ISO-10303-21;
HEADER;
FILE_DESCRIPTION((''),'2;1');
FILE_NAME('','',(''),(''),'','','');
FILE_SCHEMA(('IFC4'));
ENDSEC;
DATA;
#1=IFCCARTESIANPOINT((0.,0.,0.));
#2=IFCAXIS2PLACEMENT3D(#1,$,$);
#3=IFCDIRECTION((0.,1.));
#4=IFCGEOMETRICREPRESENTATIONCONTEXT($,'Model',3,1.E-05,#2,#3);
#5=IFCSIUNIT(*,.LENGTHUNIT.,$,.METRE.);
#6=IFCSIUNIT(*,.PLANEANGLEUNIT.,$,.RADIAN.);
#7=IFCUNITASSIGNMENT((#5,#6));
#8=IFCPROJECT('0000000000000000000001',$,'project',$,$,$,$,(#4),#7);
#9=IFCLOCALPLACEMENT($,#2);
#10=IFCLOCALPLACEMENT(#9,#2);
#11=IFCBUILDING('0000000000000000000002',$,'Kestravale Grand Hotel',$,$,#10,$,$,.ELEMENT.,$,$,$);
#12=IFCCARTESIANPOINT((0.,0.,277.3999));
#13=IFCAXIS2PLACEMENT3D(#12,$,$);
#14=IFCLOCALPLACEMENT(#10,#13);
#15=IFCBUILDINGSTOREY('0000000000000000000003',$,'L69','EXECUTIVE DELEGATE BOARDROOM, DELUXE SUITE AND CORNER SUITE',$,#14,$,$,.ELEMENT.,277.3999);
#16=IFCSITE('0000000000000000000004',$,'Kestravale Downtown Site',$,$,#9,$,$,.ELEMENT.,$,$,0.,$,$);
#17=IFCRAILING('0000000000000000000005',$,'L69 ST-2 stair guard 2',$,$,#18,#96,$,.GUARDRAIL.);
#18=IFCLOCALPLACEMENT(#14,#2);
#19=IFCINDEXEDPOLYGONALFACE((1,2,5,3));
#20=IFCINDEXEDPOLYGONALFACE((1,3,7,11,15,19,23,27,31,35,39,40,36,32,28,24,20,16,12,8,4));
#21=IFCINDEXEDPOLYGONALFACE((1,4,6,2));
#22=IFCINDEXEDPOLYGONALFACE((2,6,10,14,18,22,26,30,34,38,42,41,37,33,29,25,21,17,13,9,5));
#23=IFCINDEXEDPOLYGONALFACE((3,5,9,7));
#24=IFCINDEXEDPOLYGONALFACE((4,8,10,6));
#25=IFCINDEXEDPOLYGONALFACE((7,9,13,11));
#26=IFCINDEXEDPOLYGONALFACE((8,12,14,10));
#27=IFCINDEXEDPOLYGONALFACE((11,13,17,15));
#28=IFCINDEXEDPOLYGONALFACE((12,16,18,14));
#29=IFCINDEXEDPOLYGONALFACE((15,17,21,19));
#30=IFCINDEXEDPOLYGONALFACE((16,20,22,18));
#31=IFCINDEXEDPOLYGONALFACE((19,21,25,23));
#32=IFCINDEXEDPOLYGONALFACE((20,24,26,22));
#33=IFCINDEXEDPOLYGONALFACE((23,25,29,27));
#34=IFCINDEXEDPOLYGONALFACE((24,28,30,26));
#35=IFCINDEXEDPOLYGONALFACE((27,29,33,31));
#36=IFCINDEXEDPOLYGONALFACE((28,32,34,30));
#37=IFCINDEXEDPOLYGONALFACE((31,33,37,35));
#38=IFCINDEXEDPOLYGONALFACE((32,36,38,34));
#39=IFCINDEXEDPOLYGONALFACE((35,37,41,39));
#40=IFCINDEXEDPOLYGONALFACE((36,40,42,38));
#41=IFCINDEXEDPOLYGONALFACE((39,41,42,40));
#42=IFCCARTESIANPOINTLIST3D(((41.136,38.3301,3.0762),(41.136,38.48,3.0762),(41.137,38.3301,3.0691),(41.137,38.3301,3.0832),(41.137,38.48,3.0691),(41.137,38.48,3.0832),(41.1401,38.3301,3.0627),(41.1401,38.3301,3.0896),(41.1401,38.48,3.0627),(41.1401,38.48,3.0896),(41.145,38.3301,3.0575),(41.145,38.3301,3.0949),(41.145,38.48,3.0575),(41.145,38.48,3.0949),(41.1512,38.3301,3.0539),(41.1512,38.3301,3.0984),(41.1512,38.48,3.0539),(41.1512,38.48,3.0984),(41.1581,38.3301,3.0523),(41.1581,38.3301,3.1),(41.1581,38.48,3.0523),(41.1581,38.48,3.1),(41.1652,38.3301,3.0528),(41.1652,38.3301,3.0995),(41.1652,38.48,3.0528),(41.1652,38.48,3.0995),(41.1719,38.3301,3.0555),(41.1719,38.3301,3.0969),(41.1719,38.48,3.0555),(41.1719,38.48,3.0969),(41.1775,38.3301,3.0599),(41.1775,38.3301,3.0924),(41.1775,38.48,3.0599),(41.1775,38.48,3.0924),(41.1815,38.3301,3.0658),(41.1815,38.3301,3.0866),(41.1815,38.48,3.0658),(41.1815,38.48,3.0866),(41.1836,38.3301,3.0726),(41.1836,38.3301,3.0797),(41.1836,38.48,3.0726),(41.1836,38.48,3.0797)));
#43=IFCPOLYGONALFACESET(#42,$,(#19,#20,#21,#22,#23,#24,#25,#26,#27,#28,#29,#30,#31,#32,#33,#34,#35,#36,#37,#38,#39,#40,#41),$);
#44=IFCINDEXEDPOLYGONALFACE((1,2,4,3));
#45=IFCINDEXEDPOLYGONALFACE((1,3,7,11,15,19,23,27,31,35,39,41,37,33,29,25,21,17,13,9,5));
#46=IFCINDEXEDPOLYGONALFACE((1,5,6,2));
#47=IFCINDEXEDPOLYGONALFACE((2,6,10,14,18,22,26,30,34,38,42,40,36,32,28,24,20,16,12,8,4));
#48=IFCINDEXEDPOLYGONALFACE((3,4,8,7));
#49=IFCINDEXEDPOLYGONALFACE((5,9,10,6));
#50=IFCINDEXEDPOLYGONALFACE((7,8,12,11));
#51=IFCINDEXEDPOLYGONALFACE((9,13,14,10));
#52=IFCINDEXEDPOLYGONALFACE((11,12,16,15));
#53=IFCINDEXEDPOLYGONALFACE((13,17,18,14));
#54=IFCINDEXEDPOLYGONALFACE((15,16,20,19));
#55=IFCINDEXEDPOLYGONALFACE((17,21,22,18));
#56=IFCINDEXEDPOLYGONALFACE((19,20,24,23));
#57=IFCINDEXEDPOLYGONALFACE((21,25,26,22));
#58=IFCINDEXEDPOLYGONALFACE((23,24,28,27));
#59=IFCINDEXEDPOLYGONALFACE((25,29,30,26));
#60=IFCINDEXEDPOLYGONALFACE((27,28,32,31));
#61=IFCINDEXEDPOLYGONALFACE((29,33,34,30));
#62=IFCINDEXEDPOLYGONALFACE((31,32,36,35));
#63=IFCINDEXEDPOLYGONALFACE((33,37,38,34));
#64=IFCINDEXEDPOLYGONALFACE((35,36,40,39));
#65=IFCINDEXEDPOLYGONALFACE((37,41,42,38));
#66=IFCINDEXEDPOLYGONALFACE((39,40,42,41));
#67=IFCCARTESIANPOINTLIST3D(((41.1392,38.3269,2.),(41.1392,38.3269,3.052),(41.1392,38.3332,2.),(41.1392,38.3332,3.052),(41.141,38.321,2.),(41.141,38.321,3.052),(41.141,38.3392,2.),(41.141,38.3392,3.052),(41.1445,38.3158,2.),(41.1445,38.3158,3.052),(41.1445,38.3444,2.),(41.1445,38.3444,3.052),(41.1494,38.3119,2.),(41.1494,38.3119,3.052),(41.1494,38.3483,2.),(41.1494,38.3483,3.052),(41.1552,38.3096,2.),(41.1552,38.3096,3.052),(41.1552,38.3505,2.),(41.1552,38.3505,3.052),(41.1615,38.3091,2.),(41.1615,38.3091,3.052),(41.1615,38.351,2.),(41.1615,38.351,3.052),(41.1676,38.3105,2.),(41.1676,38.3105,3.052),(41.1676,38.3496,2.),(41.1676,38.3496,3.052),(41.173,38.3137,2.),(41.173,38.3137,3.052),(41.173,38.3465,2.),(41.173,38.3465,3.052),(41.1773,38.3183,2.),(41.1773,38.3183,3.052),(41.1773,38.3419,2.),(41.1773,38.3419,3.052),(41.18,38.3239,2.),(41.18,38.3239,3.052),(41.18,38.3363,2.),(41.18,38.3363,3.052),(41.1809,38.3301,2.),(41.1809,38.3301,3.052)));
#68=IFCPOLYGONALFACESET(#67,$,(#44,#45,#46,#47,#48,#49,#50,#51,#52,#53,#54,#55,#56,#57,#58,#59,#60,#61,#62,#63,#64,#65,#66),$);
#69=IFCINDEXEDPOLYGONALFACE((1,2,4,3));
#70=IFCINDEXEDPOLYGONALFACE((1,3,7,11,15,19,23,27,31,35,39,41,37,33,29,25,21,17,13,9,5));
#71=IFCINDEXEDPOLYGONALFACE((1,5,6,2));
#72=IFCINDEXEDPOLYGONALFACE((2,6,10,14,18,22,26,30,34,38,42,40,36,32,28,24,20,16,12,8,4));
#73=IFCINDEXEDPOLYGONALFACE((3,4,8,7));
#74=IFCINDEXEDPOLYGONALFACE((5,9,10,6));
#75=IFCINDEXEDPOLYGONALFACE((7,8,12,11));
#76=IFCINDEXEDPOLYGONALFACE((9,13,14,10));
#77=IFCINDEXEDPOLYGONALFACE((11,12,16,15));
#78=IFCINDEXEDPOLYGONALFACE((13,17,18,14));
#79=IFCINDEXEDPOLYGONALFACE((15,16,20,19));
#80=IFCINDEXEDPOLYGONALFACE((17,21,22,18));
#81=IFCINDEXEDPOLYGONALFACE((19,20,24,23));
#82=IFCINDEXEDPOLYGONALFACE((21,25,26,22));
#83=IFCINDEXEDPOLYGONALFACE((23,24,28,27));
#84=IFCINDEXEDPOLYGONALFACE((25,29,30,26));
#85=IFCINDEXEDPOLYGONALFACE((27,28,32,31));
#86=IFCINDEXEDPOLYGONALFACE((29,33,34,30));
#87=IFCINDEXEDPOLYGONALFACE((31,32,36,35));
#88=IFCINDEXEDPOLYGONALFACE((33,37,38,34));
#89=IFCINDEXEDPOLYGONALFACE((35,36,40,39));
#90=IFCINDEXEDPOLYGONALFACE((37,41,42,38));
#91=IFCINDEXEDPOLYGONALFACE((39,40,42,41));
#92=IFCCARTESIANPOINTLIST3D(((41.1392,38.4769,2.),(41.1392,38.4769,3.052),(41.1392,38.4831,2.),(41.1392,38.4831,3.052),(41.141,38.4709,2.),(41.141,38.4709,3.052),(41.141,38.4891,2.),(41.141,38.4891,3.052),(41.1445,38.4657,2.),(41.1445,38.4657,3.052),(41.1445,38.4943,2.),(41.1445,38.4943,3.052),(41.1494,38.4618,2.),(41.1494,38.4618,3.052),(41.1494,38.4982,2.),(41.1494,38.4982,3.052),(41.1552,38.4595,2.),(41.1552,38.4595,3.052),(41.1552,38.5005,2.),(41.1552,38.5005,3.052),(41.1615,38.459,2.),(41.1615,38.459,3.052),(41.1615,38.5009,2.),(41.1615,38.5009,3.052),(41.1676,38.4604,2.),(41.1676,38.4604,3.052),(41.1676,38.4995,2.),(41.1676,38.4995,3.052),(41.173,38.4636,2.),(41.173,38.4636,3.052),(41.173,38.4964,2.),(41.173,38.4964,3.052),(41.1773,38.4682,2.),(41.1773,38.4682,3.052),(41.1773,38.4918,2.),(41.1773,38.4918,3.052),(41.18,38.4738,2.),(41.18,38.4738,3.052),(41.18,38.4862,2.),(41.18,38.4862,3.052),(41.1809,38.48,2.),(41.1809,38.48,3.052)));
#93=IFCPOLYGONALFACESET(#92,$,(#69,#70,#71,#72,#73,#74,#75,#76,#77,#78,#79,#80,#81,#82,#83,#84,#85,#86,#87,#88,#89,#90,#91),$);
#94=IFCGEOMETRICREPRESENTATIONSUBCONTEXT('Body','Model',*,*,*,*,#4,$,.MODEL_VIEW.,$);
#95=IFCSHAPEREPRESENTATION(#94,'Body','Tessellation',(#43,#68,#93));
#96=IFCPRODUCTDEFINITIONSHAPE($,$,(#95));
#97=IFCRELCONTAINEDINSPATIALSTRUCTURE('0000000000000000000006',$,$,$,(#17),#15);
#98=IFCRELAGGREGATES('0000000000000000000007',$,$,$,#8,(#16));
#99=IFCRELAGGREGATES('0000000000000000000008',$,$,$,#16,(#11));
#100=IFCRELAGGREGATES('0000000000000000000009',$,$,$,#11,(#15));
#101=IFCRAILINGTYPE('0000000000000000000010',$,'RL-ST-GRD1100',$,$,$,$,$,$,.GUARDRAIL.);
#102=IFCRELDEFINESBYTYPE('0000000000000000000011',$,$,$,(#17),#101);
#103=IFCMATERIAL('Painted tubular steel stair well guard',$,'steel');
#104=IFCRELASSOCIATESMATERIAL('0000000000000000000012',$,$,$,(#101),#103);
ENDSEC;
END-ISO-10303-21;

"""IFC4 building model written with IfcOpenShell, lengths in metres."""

from ifc_helpers import new_model, si_unit, direction, frame, origin, origin_2d, place, context, subcontext, project, spatial, circle, extrude, material, type_object, element, save


model = new_model("IFC4")

# Units and contexts
model_context = context("Model", 3, precision=1e-05, world=origin(), true_north=direction((0.0, 1.0)))
body_context = subcontext(model_context, "Body", "Model", "MODEL_VIEW")
ifc_project = project(units=[si_unit("LENGTHUNIT", "METRE"), si_unit("PLANEANGLEUNIT", "RADIAN")], contexts=[model_context])

# Site, building, storey
site_placement = place(None, origin())
site = spatial("IfcSite", under=ifc_project, at=site_placement, Name="Kestravale Downtown Site", CompositionType="ELEMENT", RefElevation=0.0)
building_placement = place(site_placement, origin())
building = spatial("IfcBuilding", under=site, at=building_placement, Name="Kestravale Grand Hotel", CompositionType="ELEMENT")
storey_placement = place(building_placement, frame((0.0, 0.0, 277.3999)))
storey = spatial("IfcBuildingStorey", under=building, at=storey_placement, Name="L69", Description="EXECUTIVE DELEGATE BOARDROOM, DELUXE SUITE AND CORNER SUITE", CompositionType="ELEMENT", Elevation=277.3999)

# Railing
ifc_material_1 = material(Name="Painted tubular steel stair well guard", Category="steel")
railing_type_1 = type_object("IfcRailingType", Name="RL-ST-GRD1100", PredefinedType="GUARDRAIL", material=ifc_material_1)
railing_1_placement = place(storey_placement, frame((41.1599, 38.3301, 2.0)))
element("IfcRailing", 1, at=railing_1_placement, inside=storey, type_object=railing_type_1, Name="L69 ST-2 stair guard 2", PredefinedType="GUARDRAIL", context=body_context, shape_type="SweptSolid", body=[
    extrude(circle(Radius=0.0239, at=origin_2d()), frame((0.0, 0.0, 1.0762), z_axis=(0.0, 1.0, 0.0), x_axis=(-1.0, 0.0, 0.0)), (0.0, 0.0, 1.0), 0.1499),
    extrude(circle(Radius=0.021, at=origin_2d()), origin(), (0.0, 0.0, 1.0), 1.052),
    extrude(circle(Radius=0.021, at=origin_2d()), frame((0.0, 0.1499, 0.0)), (0.0, 0.0, 1.0), 1.052),
])

save(model, "model.ifc")
